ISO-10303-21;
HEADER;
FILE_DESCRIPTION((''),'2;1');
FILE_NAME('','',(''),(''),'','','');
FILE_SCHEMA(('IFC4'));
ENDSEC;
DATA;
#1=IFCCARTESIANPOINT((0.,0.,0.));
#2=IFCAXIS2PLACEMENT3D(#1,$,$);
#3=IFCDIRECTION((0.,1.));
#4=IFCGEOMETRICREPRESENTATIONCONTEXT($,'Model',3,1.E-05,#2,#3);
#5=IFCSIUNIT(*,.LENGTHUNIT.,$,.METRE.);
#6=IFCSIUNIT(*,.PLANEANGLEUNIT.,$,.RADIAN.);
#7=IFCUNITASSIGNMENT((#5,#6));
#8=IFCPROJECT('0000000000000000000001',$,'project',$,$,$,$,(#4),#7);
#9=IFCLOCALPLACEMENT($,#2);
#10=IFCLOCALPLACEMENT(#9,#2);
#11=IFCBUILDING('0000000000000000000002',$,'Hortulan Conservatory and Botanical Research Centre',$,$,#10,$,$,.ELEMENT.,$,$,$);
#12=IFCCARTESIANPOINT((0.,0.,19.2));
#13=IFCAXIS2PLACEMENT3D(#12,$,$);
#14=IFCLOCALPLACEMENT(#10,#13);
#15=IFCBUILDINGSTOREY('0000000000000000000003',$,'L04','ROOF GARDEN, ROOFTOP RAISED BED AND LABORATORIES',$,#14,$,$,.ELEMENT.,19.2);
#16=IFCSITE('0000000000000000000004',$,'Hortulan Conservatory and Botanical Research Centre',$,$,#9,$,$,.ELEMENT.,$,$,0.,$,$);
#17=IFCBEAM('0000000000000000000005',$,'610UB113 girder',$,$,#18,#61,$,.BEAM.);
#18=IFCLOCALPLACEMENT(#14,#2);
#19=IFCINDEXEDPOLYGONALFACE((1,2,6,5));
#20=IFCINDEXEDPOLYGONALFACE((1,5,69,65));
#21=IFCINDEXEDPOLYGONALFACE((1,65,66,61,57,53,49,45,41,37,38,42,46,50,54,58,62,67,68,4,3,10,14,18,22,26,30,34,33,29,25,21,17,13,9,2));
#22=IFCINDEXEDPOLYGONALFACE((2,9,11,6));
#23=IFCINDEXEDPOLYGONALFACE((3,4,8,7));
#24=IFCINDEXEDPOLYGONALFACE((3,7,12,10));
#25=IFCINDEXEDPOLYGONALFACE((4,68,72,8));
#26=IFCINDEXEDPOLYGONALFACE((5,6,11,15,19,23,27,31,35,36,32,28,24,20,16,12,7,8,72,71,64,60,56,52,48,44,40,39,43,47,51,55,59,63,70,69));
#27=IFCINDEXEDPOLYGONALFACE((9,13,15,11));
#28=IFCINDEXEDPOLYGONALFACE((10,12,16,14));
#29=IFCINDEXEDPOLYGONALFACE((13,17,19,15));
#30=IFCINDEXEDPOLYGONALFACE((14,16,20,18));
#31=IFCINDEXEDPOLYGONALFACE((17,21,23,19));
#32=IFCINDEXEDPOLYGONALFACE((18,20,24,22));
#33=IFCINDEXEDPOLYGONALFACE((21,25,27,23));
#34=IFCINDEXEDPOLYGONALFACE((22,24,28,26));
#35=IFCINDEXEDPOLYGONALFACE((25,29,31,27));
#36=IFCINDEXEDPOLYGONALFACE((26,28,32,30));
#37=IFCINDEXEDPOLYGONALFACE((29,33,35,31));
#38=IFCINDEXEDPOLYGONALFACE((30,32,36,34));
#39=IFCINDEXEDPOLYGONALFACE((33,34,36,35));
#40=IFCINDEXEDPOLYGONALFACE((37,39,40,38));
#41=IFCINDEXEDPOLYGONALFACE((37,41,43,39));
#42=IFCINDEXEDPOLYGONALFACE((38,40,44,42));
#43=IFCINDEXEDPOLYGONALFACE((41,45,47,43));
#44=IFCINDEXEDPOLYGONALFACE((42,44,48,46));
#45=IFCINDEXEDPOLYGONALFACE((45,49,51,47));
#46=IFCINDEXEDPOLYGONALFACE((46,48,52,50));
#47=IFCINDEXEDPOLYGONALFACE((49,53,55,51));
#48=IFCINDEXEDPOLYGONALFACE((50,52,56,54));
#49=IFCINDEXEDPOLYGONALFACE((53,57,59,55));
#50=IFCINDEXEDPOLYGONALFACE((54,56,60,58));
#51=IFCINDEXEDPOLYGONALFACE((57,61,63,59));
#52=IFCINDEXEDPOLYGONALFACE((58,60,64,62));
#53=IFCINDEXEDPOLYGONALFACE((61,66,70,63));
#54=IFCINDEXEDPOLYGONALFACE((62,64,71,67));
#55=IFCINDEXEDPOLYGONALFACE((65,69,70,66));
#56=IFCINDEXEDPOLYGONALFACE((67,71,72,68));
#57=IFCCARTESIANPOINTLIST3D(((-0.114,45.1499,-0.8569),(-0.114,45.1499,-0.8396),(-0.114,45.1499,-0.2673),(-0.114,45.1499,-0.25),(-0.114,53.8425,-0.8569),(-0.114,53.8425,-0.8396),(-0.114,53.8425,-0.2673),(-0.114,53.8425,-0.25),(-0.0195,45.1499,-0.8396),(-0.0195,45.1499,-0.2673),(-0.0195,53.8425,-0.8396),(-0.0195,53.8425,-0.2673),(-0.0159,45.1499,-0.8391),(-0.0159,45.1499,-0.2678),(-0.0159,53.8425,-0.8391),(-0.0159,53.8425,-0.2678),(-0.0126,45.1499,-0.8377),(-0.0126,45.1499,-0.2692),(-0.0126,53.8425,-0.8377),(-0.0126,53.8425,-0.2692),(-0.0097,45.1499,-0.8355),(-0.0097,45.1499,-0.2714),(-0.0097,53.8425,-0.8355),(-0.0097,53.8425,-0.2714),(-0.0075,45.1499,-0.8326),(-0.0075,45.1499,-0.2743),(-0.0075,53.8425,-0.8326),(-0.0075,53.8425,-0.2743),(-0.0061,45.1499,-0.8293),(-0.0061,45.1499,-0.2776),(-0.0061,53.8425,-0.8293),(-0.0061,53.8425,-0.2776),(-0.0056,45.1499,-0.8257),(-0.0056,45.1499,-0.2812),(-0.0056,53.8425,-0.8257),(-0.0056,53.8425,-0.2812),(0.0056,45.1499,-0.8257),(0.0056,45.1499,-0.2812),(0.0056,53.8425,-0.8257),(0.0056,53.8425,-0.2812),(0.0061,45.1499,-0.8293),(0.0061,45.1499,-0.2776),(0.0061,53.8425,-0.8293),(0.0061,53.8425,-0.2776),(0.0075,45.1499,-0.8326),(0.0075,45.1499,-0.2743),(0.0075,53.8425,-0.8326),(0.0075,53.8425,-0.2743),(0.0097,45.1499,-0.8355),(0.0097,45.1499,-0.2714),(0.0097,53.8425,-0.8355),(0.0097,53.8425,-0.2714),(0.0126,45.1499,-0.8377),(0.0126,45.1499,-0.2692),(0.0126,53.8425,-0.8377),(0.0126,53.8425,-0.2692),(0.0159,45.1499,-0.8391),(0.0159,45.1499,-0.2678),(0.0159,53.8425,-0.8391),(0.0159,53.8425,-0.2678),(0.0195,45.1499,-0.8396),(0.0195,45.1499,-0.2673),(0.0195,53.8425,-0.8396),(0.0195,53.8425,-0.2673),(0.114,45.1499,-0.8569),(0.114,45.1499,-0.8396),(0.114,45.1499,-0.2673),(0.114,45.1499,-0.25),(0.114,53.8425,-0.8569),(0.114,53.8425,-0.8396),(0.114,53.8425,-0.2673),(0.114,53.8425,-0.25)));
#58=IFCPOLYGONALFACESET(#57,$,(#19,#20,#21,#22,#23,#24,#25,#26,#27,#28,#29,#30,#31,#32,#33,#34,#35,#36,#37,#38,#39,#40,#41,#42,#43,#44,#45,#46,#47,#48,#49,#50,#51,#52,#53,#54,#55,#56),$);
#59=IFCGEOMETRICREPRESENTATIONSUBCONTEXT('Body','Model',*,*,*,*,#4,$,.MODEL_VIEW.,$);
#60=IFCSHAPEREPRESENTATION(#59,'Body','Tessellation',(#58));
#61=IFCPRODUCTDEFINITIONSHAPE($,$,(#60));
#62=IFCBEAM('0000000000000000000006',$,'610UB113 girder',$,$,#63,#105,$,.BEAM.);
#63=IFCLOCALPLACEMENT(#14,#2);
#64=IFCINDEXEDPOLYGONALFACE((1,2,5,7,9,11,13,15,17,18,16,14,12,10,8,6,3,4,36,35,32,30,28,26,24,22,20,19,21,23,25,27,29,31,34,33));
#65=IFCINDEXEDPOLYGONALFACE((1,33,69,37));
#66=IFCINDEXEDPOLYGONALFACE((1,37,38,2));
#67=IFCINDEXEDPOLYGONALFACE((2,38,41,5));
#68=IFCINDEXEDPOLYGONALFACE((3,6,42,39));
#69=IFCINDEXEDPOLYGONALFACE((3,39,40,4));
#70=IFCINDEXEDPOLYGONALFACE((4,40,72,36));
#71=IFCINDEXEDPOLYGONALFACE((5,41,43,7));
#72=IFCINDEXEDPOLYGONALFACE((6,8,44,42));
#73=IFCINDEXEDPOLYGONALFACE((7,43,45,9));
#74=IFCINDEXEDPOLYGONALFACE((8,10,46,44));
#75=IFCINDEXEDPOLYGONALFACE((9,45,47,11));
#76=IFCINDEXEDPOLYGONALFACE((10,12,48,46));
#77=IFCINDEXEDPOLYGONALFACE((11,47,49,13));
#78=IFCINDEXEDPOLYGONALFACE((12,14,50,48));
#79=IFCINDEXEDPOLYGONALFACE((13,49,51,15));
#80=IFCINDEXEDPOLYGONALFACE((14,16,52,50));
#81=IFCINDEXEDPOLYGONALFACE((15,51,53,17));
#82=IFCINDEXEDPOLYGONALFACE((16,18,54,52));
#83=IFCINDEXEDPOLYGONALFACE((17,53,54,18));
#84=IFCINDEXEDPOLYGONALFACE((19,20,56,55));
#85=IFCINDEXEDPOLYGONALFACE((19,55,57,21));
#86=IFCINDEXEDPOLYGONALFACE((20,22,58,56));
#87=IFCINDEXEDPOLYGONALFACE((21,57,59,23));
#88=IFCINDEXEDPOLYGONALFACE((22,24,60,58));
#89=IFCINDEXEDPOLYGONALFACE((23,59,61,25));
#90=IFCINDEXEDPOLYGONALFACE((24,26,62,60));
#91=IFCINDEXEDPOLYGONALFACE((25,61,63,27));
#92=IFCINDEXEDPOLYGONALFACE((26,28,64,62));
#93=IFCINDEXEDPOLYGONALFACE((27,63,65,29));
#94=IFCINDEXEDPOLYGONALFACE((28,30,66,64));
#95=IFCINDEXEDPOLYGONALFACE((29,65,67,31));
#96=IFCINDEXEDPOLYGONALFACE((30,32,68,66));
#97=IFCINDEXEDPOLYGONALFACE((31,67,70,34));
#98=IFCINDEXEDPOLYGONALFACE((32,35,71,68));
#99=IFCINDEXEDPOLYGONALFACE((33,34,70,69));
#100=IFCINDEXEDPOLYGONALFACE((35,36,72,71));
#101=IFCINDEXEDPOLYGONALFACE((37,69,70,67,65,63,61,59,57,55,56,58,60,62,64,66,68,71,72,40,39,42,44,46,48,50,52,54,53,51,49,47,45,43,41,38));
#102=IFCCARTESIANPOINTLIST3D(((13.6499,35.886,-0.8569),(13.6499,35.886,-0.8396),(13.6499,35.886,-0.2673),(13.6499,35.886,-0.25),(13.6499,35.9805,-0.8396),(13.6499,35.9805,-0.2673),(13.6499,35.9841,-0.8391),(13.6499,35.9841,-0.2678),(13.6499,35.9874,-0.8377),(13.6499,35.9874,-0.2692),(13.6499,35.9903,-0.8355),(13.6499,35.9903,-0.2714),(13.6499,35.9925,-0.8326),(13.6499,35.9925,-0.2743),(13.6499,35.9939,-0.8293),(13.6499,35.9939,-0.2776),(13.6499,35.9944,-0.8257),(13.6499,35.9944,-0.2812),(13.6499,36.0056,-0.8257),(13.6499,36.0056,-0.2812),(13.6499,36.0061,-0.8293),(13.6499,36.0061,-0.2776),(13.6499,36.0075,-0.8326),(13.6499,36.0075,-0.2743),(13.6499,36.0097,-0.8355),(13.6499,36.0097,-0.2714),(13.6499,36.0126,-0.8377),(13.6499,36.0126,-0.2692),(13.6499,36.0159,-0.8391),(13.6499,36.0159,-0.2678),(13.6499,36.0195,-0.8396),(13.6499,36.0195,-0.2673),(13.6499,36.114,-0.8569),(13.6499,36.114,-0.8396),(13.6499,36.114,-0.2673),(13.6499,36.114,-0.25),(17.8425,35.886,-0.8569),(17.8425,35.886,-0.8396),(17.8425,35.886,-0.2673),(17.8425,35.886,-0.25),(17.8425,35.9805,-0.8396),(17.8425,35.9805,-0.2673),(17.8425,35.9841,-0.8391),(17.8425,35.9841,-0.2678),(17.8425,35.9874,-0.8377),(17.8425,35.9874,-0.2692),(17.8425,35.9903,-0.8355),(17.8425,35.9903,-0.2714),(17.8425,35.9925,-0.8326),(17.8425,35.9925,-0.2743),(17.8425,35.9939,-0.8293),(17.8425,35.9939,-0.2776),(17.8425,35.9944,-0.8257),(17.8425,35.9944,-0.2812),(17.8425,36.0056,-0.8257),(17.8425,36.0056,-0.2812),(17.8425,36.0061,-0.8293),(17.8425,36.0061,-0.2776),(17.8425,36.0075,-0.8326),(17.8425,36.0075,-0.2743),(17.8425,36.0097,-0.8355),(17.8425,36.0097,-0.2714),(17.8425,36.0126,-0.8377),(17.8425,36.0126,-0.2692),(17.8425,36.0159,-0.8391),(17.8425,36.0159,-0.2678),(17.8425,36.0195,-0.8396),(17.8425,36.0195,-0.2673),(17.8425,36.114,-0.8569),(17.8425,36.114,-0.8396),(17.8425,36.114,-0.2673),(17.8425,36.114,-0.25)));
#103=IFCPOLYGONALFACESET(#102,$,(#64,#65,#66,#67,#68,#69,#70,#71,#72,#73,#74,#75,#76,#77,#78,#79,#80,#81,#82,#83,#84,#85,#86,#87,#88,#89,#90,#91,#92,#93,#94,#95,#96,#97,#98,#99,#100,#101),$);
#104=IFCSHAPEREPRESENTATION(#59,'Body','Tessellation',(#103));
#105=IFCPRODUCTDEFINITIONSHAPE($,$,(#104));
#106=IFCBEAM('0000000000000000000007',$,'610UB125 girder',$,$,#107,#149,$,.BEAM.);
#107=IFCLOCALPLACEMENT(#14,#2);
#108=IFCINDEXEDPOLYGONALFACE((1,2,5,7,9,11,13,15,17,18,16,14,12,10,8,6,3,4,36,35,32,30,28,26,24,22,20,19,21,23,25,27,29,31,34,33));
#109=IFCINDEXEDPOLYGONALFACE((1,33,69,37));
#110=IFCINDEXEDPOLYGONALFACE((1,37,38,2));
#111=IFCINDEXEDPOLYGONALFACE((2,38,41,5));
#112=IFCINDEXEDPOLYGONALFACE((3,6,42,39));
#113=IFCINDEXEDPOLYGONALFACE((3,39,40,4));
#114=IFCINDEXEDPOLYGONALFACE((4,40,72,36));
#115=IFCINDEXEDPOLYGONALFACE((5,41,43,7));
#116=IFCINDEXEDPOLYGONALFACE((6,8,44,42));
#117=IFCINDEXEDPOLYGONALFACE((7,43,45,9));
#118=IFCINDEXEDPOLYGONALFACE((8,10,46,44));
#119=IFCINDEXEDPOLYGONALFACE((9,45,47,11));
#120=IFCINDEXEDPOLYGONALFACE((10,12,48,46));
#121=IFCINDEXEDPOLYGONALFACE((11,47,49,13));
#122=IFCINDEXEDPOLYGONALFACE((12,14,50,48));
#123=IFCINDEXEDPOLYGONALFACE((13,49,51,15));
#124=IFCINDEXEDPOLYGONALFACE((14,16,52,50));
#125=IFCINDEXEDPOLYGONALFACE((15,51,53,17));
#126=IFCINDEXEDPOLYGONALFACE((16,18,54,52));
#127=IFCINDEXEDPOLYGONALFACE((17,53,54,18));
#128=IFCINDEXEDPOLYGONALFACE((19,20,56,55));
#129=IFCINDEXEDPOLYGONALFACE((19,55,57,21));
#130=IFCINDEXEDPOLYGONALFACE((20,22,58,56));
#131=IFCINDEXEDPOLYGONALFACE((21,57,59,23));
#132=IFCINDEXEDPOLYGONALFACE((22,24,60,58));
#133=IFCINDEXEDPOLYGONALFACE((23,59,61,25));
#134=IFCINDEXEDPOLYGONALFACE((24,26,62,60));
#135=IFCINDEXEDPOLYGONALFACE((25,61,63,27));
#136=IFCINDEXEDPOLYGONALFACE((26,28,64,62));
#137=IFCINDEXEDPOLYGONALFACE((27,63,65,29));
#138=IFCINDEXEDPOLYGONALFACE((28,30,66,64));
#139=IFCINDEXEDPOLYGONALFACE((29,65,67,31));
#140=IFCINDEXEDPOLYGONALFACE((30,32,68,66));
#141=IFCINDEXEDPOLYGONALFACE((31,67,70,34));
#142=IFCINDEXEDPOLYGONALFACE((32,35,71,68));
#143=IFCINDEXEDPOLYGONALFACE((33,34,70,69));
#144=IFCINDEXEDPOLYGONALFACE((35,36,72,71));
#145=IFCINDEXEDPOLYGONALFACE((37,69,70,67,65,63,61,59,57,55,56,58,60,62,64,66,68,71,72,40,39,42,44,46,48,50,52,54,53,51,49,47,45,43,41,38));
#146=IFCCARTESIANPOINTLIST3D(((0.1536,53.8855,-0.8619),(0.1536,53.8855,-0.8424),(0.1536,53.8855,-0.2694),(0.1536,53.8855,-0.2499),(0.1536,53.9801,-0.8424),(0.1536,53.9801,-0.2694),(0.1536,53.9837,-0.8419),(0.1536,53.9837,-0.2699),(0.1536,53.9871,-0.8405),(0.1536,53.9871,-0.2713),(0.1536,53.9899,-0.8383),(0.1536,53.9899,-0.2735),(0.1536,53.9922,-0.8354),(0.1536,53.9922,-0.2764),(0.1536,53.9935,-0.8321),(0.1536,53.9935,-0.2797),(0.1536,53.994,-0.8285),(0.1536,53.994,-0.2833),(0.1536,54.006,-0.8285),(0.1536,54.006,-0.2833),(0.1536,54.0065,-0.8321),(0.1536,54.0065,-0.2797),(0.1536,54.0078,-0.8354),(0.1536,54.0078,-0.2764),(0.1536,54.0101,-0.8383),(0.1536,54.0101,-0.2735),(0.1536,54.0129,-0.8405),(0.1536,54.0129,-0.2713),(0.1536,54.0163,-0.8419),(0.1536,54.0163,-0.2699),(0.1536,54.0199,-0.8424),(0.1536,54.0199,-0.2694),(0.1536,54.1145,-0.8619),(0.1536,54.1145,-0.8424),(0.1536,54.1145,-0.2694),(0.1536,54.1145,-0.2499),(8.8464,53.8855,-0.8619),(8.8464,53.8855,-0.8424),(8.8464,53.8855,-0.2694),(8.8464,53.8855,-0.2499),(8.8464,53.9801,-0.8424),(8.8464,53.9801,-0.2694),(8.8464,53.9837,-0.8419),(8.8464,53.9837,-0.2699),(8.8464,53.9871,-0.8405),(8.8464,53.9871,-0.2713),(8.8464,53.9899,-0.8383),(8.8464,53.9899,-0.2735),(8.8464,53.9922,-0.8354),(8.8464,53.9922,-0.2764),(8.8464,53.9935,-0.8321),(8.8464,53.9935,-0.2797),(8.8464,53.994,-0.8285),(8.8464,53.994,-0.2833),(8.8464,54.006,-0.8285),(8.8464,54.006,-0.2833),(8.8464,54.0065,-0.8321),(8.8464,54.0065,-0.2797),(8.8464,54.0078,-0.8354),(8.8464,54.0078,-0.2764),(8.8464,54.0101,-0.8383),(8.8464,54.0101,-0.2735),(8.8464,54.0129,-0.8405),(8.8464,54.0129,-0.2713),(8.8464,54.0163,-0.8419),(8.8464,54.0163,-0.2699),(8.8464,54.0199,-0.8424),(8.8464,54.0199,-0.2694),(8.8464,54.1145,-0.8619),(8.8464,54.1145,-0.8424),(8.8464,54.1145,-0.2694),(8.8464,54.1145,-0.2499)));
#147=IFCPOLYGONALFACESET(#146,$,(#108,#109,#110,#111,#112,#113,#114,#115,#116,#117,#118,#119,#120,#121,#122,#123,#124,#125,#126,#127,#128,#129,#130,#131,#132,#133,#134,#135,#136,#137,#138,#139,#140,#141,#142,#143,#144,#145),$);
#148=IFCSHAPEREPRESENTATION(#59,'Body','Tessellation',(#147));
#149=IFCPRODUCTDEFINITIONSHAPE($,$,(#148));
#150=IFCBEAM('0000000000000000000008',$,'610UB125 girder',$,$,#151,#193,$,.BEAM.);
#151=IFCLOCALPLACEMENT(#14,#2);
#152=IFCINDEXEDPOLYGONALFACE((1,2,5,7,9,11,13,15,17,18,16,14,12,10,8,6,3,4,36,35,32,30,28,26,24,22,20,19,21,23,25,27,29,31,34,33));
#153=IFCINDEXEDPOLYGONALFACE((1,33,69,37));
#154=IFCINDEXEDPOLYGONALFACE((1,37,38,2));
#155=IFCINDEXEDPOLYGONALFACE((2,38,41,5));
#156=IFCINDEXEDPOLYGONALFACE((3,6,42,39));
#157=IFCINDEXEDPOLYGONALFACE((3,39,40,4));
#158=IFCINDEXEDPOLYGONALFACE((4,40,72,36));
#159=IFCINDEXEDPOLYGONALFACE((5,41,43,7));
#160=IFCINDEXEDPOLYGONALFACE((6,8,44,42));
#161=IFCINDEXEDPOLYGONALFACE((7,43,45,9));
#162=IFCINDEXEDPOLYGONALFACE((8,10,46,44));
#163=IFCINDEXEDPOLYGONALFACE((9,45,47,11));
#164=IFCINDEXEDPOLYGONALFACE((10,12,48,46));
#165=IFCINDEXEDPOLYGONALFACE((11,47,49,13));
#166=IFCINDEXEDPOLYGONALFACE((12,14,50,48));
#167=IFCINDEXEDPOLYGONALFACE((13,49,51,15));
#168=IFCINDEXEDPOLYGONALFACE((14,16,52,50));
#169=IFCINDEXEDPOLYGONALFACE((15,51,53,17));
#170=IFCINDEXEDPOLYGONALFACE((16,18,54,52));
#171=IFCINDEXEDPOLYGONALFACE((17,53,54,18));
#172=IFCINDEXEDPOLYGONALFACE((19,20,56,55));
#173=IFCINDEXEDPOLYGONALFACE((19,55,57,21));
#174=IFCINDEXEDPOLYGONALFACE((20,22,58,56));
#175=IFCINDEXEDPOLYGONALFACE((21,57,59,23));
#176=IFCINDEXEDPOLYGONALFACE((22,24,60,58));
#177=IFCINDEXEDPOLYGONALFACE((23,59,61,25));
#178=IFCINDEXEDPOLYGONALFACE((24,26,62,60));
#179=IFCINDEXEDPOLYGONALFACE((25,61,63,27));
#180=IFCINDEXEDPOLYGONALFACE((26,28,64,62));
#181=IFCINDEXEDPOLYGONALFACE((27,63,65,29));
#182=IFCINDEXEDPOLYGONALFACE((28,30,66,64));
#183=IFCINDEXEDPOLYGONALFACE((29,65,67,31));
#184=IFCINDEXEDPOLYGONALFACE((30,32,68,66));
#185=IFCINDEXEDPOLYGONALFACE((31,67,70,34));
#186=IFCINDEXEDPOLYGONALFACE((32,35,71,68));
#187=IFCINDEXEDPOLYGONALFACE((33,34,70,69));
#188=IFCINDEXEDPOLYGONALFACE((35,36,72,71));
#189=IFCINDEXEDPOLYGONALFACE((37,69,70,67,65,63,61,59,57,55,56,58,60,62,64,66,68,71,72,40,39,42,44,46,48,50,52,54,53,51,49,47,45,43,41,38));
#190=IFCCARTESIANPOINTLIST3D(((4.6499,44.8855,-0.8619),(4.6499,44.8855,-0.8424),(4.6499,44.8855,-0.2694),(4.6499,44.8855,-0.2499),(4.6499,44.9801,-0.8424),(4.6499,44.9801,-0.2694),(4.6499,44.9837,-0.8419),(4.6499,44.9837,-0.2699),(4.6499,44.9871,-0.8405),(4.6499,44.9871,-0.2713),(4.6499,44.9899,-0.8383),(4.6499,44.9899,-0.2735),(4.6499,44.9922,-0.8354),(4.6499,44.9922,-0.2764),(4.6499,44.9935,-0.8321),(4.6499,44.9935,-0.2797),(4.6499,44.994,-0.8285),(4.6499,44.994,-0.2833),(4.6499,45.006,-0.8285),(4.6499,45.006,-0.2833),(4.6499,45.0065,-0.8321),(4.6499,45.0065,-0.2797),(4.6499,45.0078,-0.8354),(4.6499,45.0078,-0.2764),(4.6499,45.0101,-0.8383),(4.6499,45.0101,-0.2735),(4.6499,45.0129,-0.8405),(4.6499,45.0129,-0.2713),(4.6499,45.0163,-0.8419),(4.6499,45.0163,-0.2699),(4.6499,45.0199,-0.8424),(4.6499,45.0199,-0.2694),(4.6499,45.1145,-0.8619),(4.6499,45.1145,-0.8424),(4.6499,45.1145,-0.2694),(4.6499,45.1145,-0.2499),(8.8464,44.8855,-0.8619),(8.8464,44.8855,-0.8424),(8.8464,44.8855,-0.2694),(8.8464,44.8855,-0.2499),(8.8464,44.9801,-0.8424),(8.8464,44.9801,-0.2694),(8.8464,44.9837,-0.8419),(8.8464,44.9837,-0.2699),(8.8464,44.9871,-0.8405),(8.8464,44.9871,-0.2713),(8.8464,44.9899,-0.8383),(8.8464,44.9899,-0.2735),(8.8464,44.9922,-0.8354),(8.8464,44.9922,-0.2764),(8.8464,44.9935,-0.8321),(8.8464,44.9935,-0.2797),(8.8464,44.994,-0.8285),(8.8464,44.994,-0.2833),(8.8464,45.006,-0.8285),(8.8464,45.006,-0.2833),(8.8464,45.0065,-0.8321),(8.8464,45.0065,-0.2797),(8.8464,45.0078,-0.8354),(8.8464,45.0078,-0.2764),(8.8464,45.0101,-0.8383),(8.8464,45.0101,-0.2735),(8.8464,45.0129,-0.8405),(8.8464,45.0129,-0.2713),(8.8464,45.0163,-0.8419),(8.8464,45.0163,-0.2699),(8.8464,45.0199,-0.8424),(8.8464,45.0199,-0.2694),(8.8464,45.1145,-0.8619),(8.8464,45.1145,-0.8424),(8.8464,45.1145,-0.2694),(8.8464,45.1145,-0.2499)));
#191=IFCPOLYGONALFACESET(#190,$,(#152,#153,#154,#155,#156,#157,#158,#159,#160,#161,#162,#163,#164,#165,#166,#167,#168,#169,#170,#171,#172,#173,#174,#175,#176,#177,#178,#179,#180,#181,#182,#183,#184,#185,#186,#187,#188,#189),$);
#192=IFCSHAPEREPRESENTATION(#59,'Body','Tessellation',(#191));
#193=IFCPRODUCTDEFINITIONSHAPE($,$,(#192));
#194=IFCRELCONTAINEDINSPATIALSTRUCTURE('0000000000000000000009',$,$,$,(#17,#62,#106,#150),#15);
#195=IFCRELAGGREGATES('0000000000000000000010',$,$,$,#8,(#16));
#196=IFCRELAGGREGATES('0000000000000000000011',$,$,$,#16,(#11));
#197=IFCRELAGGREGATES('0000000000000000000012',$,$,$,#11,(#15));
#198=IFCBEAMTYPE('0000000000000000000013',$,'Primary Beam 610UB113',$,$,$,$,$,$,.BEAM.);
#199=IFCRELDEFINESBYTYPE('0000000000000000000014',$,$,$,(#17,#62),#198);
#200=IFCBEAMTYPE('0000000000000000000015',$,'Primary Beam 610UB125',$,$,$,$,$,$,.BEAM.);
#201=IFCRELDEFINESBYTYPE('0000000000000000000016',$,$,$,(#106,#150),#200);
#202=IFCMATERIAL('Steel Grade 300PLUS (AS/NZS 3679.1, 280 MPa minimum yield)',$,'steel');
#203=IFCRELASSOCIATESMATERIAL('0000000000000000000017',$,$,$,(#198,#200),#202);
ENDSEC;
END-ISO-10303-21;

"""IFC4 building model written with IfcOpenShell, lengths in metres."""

from ifc_helpers import new_model, si_unit, direction, frame, origin, origin_2d, place, context, subcontext, project, spatial, i_section, extrude, material, material_profile, profile_set, type_object, element, save


model = new_model("IFC4")

# Units and contexts
model_context = context("Model", 3, precision=1e-05, world=origin(), true_north=direction((0.0, 1.0)))
body_context = subcontext(model_context, "Body", "Model", "MODEL_VIEW")
ifc_project = project(units=[si_unit("LENGTHUNIT", "METRE"), si_unit("PLANEANGLEUNIT", "RADIAN")], contexts=[model_context])

# Site, building, storey
site_placement = place(None, origin())
site = spatial("IfcSite", under=ifc_project, at=site_placement, Name="Hortulan Conservatory and Botanical Research Centre", CompositionType="ELEMENT", RefElevation=0.0)
building_placement = place(site_placement, origin())
building = spatial("IfcBuilding", under=site, at=building_placement, Name="Hortulan Conservatory and Botanical Research Centre", CompositionType="ELEMENT")
storey_placement = place(building_placement, frame((0.0, 0.0, 19.2)))
storey = spatial("IfcBuildingStorey", under=building, at=storey_placement, Name="L04", Description="ROOF GARDEN, ROOFTOP RAISED BED AND LABORATORIES", CompositionType="ELEMENT", Elevation=19.2)

# Beams
ifc_material_1 = material(Name="Steel Grade 300PLUS (AS/NZS 3679.1, 280 MPa minimum yield)", Category="steel")
ifc_material_profile_1 = material_profile(ifc_material_1, i_section(OverallWidth=0.228, OverallDepth=0.6069, WebThickness=0.0112, FlangeThickness=0.0173, FilletRadius=0.0139, at=origin_2d()), Name="610UB113")
ifc_profile_set_1 = profile_set([ifc_material_profile_1], Name="Steel Grade 300PLUS (AS/NZS 3679.1, 280 MPa minimum yield)")
beam_type_1 = type_object("IfcBeamType", Name="Primary Beam 610UB113", PredefinedType="BEAM", material=ifc_profile_set_1)
beam_1_placement = place(storey_placement, frame((0.0, 45.1499, -0.5535), z_axis=(0.0, 1.0, 0.0), x_axis=(-1.0, 0.0, 0.0)))
element("IfcBeam", 1, at=beam_1_placement, inside=storey, type_object=beam_type_1, Name="610UB113 girder", PredefinedType="BEAM", context=body_context, shape_type="SweptSolid", body=[
    extrude(i_section(OverallWidth=0.228, OverallDepth=0.6069, WebThickness=0.0112, FlangeThickness=0.0173, FilletRadius=0.0139, at=origin_2d()), origin(), (0.0, 0.0, 1.0), 8.6926),
])
beam_2_placement = place(storey_placement, frame((13.6499, 36.0, -0.5535), z_axis=(1.0, 0.0, 0.0), x_axis=(0.0, 1.0, 0.0)))
element("IfcBeam", 2, at=beam_2_placement, inside=storey, type_object=beam_type_1, Name="610UB113 girder", PredefinedType="BEAM", context=body_context, shape_type="SweptSolid", body=[
    extrude(i_section(OverallWidth=0.228, OverallDepth=0.6069, WebThickness=0.0112, FlangeThickness=0.0173, FilletRadius=0.0139, at=origin_2d()), origin(), (0.0, 0.0, 1.0), 4.1926),
])
ifc_material_profile_2 = material_profile(ifc_material_1, i_section(OverallWidth=0.229, OverallDepth=0.6121, WebThickness=0.012, FlangeThickness=0.0195, FilletRadius=0.0139, at=origin_2d()), Name="610UB125")
ifc_profile_set_2 = profile_set([ifc_material_profile_2], Name="Steel Grade 300PLUS (AS/NZS 3679.1, 280 MPa minimum yield)")
beam_type_2 = type_object("IfcBeamType", Name="Primary Beam 610UB125", PredefinedType="BEAM", material=ifc_profile_set_2)
beam_3_placement = place(storey_placement, frame((0.1536, 54.0, -0.5559), z_axis=(1.0, 0.0, 0.0), x_axis=(0.0, 1.0, 0.0)))
element("IfcBeam", 3, at=beam_3_placement, inside=storey, type_object=beam_type_2, Name="610UB125 girder", PredefinedType="BEAM", context=body_context, shape_type="SweptSolid", body=[
    extrude(i_section(OverallWidth=0.229, OverallDepth=0.6121, WebThickness=0.012, FlangeThickness=0.0195, FilletRadius=0.0139, at=origin_2d()), origin(), (0.0, 0.0, 1.0), 8.6929),
])
beam_4_placement = place(storey_placement, frame((4.6499, 45.0, -0.5559), z_axis=(1.0, 0.0, 0.0), x_axis=(0.0, 1.0, 0.0)))
element("IfcBeam", 4, at=beam_4_placement, inside=storey, type_object=beam_type_2, Name="610UB125 girder", PredefinedType="BEAM", context=body_context, shape_type="SweptSolid", body=[
    extrude(i_section(OverallWidth=0.229, OverallDepth=0.6121, WebThickness=0.012, FlangeThickness=0.0195, FilletRadius=0.0139, at=origin_2d()), origin(), (0.0, 0.0, 1.0), 4.1965),
])

save(model, "model.ifc")
